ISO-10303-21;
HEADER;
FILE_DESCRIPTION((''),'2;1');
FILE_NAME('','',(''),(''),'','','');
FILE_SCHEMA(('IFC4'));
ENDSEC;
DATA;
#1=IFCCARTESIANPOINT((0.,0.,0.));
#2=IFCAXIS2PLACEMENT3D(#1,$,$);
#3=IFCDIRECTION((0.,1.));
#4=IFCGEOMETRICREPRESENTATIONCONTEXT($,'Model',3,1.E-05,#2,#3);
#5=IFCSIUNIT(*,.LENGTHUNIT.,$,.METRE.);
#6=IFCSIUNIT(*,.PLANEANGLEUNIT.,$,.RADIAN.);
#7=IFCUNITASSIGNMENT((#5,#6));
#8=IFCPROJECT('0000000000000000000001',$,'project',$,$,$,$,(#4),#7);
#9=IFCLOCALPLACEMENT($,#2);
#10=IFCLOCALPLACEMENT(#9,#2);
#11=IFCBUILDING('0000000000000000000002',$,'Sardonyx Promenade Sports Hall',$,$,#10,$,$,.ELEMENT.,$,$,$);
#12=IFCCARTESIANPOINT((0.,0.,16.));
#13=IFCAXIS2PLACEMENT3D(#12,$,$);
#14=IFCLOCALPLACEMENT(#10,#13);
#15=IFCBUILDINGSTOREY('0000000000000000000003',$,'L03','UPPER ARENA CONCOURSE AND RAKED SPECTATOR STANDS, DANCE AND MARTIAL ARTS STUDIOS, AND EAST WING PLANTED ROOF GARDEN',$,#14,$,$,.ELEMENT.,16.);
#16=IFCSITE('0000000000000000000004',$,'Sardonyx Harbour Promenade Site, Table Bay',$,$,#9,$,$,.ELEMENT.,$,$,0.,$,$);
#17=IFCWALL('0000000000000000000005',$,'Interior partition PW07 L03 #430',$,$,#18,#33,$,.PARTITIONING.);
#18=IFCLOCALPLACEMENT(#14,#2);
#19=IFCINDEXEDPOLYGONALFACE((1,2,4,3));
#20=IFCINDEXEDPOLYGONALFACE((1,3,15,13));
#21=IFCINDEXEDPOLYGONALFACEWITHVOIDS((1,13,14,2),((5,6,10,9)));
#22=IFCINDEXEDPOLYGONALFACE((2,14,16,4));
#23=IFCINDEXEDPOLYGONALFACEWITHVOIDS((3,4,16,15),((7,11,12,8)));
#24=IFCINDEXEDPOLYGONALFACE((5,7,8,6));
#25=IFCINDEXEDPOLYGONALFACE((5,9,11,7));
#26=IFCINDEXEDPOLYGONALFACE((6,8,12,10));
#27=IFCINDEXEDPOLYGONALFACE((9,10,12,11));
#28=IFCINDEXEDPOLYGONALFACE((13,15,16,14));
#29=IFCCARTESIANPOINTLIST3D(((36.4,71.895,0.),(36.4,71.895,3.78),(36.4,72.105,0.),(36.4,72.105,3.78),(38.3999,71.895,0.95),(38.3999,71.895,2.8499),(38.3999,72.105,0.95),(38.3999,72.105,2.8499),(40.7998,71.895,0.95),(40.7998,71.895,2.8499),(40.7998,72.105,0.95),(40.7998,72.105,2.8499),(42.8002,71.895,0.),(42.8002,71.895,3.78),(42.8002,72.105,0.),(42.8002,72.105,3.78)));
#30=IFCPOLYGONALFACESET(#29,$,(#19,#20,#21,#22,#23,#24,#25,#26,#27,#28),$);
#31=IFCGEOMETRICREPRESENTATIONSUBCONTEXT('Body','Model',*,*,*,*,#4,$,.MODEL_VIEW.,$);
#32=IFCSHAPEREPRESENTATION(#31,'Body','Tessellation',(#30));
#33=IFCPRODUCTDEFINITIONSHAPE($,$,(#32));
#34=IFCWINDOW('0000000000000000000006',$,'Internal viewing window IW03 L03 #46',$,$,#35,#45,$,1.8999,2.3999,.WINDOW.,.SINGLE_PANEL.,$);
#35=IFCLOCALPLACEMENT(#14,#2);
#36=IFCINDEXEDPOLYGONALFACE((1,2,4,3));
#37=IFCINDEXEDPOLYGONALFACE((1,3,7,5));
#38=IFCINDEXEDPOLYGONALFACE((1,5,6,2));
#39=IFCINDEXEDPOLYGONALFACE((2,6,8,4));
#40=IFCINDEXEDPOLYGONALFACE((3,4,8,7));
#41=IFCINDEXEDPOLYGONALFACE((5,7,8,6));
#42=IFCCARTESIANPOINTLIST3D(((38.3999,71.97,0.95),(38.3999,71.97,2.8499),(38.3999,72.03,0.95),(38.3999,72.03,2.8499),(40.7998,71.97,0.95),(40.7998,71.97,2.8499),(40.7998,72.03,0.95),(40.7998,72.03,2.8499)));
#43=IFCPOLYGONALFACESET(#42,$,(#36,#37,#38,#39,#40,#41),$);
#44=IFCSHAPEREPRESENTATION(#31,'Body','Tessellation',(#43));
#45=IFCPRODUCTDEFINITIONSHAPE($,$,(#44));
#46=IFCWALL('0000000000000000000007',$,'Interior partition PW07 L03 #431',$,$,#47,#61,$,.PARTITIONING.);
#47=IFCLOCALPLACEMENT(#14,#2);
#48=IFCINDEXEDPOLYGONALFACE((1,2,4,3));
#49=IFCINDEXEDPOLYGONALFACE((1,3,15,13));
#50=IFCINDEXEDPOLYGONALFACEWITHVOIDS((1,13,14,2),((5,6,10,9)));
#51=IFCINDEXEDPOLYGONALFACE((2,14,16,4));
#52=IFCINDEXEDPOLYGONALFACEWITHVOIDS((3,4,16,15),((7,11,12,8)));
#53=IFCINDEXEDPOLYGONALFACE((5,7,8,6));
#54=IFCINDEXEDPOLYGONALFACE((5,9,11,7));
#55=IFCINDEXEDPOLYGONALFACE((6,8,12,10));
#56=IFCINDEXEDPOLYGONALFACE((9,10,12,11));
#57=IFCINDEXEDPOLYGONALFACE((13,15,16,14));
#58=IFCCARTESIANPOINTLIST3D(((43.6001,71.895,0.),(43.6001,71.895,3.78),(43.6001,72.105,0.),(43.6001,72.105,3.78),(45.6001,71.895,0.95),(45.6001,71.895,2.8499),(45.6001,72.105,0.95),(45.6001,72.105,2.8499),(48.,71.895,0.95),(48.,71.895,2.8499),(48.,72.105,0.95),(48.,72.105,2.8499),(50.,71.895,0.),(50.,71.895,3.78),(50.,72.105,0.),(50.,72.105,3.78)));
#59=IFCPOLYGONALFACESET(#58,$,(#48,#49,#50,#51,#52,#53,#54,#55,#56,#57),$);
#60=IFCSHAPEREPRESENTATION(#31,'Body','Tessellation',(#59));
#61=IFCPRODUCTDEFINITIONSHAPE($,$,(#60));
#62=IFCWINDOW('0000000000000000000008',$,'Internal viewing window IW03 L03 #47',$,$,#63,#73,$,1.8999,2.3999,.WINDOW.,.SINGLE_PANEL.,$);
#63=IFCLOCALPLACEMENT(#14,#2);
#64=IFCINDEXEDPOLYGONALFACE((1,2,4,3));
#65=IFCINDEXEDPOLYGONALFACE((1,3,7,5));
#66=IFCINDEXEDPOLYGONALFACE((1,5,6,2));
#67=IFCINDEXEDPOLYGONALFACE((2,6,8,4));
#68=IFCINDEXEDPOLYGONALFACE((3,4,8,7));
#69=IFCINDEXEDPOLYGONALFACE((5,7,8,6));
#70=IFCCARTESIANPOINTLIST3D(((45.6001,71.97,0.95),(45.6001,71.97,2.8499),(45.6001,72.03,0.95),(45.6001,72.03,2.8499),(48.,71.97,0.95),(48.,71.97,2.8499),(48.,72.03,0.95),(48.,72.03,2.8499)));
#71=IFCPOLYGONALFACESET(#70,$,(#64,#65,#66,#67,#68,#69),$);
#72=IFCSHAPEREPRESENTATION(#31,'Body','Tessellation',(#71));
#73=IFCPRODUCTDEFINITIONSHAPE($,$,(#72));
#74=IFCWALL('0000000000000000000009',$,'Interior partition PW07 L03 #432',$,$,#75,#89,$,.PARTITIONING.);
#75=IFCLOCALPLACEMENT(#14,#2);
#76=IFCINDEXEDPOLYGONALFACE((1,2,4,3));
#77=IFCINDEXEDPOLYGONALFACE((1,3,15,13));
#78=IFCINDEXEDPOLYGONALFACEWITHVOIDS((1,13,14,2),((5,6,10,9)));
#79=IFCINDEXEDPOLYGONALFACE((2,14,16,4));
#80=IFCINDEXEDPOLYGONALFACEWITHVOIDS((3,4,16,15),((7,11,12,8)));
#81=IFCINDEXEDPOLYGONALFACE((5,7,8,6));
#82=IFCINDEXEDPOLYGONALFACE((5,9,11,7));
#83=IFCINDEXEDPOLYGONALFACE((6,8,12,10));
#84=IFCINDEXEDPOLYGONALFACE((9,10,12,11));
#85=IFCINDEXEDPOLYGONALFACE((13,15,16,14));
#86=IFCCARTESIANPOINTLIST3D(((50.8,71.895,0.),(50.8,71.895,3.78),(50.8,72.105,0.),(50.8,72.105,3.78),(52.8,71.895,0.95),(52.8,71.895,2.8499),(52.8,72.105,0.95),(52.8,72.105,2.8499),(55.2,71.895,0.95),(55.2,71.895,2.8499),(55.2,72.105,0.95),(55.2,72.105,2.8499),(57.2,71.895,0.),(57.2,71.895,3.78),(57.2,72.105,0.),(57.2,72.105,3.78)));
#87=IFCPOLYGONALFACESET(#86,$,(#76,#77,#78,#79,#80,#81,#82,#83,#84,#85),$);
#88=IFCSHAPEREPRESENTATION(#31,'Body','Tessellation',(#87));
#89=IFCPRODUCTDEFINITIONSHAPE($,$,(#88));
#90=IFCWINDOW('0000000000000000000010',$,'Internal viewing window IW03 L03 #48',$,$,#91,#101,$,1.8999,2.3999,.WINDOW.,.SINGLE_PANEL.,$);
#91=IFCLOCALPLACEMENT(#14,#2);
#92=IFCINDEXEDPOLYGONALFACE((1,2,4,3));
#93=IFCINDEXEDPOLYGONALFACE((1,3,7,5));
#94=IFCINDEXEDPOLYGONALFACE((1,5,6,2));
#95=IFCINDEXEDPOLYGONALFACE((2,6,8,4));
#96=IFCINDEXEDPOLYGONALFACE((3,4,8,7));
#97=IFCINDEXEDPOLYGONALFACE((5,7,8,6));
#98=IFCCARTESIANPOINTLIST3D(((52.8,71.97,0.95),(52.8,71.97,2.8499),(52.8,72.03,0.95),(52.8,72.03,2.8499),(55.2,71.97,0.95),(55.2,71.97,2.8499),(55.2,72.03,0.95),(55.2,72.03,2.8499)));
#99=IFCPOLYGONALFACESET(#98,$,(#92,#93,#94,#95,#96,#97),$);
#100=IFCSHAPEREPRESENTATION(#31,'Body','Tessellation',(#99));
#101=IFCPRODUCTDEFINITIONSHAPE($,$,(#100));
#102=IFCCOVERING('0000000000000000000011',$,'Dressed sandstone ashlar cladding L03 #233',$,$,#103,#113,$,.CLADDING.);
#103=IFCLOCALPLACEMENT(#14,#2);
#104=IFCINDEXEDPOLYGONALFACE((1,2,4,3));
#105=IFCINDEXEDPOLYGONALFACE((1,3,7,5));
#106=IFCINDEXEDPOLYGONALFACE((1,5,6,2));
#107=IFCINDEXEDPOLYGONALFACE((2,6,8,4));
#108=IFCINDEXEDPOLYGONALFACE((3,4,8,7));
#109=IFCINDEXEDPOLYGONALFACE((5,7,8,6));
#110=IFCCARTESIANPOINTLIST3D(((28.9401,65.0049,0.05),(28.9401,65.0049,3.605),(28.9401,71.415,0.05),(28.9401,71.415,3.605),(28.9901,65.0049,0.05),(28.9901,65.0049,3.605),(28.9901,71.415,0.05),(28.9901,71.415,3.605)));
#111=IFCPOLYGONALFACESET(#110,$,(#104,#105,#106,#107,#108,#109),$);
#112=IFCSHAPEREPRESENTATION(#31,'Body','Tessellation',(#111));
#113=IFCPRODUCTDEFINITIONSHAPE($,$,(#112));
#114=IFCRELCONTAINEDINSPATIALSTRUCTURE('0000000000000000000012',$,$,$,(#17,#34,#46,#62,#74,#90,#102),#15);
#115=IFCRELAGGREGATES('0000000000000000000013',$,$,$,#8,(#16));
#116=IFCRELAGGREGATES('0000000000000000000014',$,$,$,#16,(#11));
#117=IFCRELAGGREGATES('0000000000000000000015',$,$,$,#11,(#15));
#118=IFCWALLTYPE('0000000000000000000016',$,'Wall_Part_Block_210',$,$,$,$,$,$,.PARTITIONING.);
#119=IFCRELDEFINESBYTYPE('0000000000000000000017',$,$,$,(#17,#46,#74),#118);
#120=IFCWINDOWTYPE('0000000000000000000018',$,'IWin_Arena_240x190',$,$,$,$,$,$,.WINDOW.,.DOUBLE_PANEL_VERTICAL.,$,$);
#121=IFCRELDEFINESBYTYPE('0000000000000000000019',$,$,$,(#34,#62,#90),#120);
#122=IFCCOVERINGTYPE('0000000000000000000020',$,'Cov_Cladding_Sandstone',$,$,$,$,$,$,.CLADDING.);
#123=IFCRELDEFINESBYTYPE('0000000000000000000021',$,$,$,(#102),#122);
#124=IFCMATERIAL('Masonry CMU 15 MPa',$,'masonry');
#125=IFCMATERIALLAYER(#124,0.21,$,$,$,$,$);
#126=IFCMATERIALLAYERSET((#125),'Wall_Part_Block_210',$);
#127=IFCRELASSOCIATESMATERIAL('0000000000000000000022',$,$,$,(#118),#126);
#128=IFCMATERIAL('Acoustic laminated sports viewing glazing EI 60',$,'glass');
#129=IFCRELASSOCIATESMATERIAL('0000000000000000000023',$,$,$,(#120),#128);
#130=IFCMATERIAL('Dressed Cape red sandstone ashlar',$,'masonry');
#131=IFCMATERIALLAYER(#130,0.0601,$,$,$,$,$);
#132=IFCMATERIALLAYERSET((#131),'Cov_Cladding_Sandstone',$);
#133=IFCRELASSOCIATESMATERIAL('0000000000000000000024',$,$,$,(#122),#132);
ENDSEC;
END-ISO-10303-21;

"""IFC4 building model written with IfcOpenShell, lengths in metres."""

from ifc_helpers import new_model, si_unit, direction, frame, frame_2d, origin, place, context, subcontext, project, spatial, rectangle, extrude, material, layer, layer_set, type_object, element, fill, save


model = new_model("IFC4")

# Units and contexts
model_context = context("Model", 3, precision=1e-05, world=origin(), true_north=direction((0.0, 1.0)))
body_context = subcontext(model_context, "Body", "Model", "MODEL_VIEW")
ifc_project = project(units=[si_unit("LENGTHUNIT", "METRE"), si_unit("PLANEANGLEUNIT", "RADIAN")], contexts=[model_context])

# Site, building, storey
site_placement = place(None, origin())
site = spatial("IfcSite", under=ifc_project, at=site_placement, Name="Sardonyx Harbour Promenade Site, Table Bay", CompositionType="ELEMENT", RefElevation=0.0)
building_placement = place(site_placement, origin())
building = spatial("IfcBuilding", under=site, at=building_placement, Name="Sardonyx Promenade Sports Hall", CompositionType="ELEMENT")
storey_placement = place(building_placement, frame((0.0, 0.0, 16.0)))
storey = spatial("IfcBuildingStorey", under=building, at=storey_placement, Name="L03", Description="UPPER ARENA CONCOURSE AND RAKED SPECTATOR STANDS, DANCE AND MARTIAL ARTS STUDIOS, AND EAST WING PLANTED ROOF GARDEN", CompositionType="ELEMENT", Elevation=16.0)

# Walls, openings, windows
ifc_material_1 = material(Name="Masonry CMU 15 MPa", Category="masonry")
ifc_layer_1 = layer(ifc_material_1, 0.21)
ifc_layer_set_1 = layer_set([ifc_layer_1], Name="Wall_Part_Block_210")
wall_type_1 = type_object("IfcWallType", Name="Wall_Part_Block_210", PredefinedType="PARTITIONING", material=ifc_layer_set_1)
ifc_material_2 = material(Name="Acoustic laminated sports viewing glazing EI 60", Category="glass")
window_type = type_object("IfcWindowType", Name="IWin_Arena_240x190", PartitioningType="DOUBLE_PANEL_VERTICAL", PredefinedType="WINDOW", material=ifc_material_2)
wall_1_placement = place(storey_placement, frame((36.3999, 72.0, 0.0), z_axis=(0.0, 0.0, 1.0), x_axis=(1.0, 0.0, 0.0)))
wall_1 = element("IfcWall", 1, at=wall_1_placement, inside=storey, type_object=wall_type_1, Name="Interior partition PW07 L03 #430", PredefinedType="PARTITIONING", context=body_context, shape_type="SweptSolid", body=[
    extrude(rectangle(XDim=6.4001, YDim=0.21, at=frame_2d((3.2002, 0.0))), origin(), (0.0, 0.0, 1.0), 3.78),
])
opening_1_placement = place(wall_1_placement, frame((2.0, 0.0, 0.95)))
opening_1 = element("IfcOpeningElement", 2, at=opening_1_placement, cuts=wall_1, PredefinedType="OPENING", context=body_context, shape_type="SweptSolid", body=[
    extrude(rectangle(XDim=2.3999, YDim=1.8999, at=frame_2d((1.2, 0.95))), frame((0.0, 0.115, 0.0), z_axis=(0.0, -1.0, 0.0), x_axis=(1.0, 0.0, 0.0)), (0.0, 0.0, 1.0), 0.23),
])
window_1_placement = place(opening_1_placement, origin())
window_1 = element("IfcWindow", 3, at=window_1_placement, inside=storey, type_object=window_type, Name="Internal viewing window IW03 L03 #46", OverallHeight=1.8999, OverallWidth=2.3999, PartitioningType="SINGLE_PANEL", PredefinedType="WINDOW", context=body_context, shape_type="SweptSolid", body=[
    extrude(rectangle(XDim=2.3999, YDim=1.8999, at=frame_2d((1.2, 0.95))), frame((0.0, 0.03, 0.0), z_axis=(0.0, -1.0, 0.0), x_axis=(1.0, 0.0, 0.0)), (0.0, 0.0, 1.0), 0.0601),
])
fill(opening_1, window_1)
wall_2_placement = place(storey_placement, frame((43.6001, 72.0, 0.0), z_axis=(0.0, 0.0, 1.0), x_axis=(1.0, 0.0, 0.0)))
wall_2 = element("IfcWall", 4, at=wall_2_placement, inside=storey, type_object=wall_type_1, Name="Interior partition PW07 L03 #431", PredefinedType="PARTITIONING", context=body_context, shape_type="SweptSolid", body=[
    extrude(rectangle(XDim=6.3999, YDim=0.21, at=frame_2d((3.2, 0.0))), origin(), (0.0, 0.0, 1.0), 3.78),
])
opening_2_placement = place(wall_2_placement, frame((2.0, 0.0, 0.95)))
opening_2 = element("IfcOpeningElement", 5, at=opening_2_placement, cuts=wall_2, PredefinedType="OPENING", context=body_context, shape_type="SweptSolid", body=[
    extrude(rectangle(XDim=2.3999, YDim=1.8999, at=frame_2d((1.2, 0.95))), frame((0.0, 0.115, 0.0), z_axis=(0.0, -1.0, 0.0), x_axis=(1.0, 0.0, 0.0)), (0.0, 0.0, 1.0), 0.23),
])
window_2_placement = place(opening_2_placement, origin())
window_2 = element("IfcWindow", 6, at=window_2_placement, inside=storey, type_object=window_type, Name="Internal viewing window IW03 L03 #47", OverallHeight=1.8999, OverallWidth=2.3999, PartitioningType="SINGLE_PANEL", PredefinedType="WINDOW", context=body_context, shape_type="SweptSolid", body=[
    extrude(rectangle(XDim=2.3999, YDim=1.8999, at=frame_2d((1.2, 0.95))), frame((0.0, 0.03, 0.0), z_axis=(0.0, -1.0, 0.0), x_axis=(1.0, 0.0, 0.0)), (0.0, 0.0, 1.0), 0.0601),
])
fill(opening_2, window_2)
wall_3_placement = place(storey_placement, frame((50.8, 72.0, 0.0), z_axis=(0.0, 0.0, 1.0), x_axis=(1.0, 0.0, 0.0)))
wall_3 = element("IfcWall", 7, at=wall_3_placement, inside=storey, type_object=wall_type_1, Name="Interior partition PW07 L03 #432", PredefinedType="PARTITIONING", context=body_context, shape_type="SweptSolid", body=[
    extrude(rectangle(XDim=6.3999, YDim=0.21, at=frame_2d((3.2, 0.0))), origin(), (0.0, 0.0, 1.0), 3.78),
])
opening_3_placement = place(wall_3_placement, frame((2.0, 0.0, 0.95)))
opening_3 = element("IfcOpeningElement", 8, at=opening_3_placement, cuts=wall_3, PredefinedType="OPENING", context=body_context, shape_type="SweptSolid", body=[
    extrude(rectangle(XDim=2.3999, YDim=1.8999, at=frame_2d((1.2, 0.95))), frame((0.0, 0.115, 0.0), z_axis=(0.0, -1.0, 0.0), x_axis=(1.0, 0.0, 0.0)), (0.0, 0.0, 1.0), 0.23),
])
window_3_placement = place(opening_3_placement, origin())
window_3 = element("IfcWindow", 9, at=window_3_placement, inside=storey, type_object=window_type, Name="Internal viewing window IW03 L03 #48", OverallHeight=1.8999, OverallWidth=2.3999, PartitioningType="SINGLE_PANEL", PredefinedType="WINDOW", context=body_context, shape_type="SweptSolid", body=[
    extrude(rectangle(XDim=2.3999, YDim=1.8999, at=frame_2d((1.2, 0.95))), frame((0.0, 0.03, 0.0), z_axis=(0.0, -1.0, 0.0), x_axis=(1.0, 0.0, 0.0)), (0.0, 0.0, 1.0), 0.0601),
])
fill(opening_3, window_3)

# Covering
ifc_material_3 = material(Name="Dressed Cape red sandstone ashlar", Category="masonry")
ifc_layer_2 = layer(ifc_material_3, 0.0601)
ifc_layer_set_2 = layer_set([ifc_layer_2], Name="Cov_Cladding_Sandstone")
covering_type = type_object("IfcCoveringType", Name="Cov_Cladding_Sandstone", PredefinedType="CLADDING", material=ifc_layer_set_2)
covering_placement = place(storey_placement, frame((28.9651, 71.415, 0.05), z_axis=(0.0, 0.0, 1.0), x_axis=(0.0, -1.0, 0.0)))
element("IfcCovering", 10, at=covering_placement, inside=storey, type_object=covering_type, Name="Dressed sandstone ashlar cladding L03 #233", PredefinedType="CLADDING", context=body_context, shape_type="SweptSolid", body=[
    extrude(rectangle(XDim=6.4102, YDim=0.05, at=frame_2d((3.2051, 0.0))), origin(), (0.0, 0.0, 1.0), 3.5549),
])

save(model, "model.ifc")
